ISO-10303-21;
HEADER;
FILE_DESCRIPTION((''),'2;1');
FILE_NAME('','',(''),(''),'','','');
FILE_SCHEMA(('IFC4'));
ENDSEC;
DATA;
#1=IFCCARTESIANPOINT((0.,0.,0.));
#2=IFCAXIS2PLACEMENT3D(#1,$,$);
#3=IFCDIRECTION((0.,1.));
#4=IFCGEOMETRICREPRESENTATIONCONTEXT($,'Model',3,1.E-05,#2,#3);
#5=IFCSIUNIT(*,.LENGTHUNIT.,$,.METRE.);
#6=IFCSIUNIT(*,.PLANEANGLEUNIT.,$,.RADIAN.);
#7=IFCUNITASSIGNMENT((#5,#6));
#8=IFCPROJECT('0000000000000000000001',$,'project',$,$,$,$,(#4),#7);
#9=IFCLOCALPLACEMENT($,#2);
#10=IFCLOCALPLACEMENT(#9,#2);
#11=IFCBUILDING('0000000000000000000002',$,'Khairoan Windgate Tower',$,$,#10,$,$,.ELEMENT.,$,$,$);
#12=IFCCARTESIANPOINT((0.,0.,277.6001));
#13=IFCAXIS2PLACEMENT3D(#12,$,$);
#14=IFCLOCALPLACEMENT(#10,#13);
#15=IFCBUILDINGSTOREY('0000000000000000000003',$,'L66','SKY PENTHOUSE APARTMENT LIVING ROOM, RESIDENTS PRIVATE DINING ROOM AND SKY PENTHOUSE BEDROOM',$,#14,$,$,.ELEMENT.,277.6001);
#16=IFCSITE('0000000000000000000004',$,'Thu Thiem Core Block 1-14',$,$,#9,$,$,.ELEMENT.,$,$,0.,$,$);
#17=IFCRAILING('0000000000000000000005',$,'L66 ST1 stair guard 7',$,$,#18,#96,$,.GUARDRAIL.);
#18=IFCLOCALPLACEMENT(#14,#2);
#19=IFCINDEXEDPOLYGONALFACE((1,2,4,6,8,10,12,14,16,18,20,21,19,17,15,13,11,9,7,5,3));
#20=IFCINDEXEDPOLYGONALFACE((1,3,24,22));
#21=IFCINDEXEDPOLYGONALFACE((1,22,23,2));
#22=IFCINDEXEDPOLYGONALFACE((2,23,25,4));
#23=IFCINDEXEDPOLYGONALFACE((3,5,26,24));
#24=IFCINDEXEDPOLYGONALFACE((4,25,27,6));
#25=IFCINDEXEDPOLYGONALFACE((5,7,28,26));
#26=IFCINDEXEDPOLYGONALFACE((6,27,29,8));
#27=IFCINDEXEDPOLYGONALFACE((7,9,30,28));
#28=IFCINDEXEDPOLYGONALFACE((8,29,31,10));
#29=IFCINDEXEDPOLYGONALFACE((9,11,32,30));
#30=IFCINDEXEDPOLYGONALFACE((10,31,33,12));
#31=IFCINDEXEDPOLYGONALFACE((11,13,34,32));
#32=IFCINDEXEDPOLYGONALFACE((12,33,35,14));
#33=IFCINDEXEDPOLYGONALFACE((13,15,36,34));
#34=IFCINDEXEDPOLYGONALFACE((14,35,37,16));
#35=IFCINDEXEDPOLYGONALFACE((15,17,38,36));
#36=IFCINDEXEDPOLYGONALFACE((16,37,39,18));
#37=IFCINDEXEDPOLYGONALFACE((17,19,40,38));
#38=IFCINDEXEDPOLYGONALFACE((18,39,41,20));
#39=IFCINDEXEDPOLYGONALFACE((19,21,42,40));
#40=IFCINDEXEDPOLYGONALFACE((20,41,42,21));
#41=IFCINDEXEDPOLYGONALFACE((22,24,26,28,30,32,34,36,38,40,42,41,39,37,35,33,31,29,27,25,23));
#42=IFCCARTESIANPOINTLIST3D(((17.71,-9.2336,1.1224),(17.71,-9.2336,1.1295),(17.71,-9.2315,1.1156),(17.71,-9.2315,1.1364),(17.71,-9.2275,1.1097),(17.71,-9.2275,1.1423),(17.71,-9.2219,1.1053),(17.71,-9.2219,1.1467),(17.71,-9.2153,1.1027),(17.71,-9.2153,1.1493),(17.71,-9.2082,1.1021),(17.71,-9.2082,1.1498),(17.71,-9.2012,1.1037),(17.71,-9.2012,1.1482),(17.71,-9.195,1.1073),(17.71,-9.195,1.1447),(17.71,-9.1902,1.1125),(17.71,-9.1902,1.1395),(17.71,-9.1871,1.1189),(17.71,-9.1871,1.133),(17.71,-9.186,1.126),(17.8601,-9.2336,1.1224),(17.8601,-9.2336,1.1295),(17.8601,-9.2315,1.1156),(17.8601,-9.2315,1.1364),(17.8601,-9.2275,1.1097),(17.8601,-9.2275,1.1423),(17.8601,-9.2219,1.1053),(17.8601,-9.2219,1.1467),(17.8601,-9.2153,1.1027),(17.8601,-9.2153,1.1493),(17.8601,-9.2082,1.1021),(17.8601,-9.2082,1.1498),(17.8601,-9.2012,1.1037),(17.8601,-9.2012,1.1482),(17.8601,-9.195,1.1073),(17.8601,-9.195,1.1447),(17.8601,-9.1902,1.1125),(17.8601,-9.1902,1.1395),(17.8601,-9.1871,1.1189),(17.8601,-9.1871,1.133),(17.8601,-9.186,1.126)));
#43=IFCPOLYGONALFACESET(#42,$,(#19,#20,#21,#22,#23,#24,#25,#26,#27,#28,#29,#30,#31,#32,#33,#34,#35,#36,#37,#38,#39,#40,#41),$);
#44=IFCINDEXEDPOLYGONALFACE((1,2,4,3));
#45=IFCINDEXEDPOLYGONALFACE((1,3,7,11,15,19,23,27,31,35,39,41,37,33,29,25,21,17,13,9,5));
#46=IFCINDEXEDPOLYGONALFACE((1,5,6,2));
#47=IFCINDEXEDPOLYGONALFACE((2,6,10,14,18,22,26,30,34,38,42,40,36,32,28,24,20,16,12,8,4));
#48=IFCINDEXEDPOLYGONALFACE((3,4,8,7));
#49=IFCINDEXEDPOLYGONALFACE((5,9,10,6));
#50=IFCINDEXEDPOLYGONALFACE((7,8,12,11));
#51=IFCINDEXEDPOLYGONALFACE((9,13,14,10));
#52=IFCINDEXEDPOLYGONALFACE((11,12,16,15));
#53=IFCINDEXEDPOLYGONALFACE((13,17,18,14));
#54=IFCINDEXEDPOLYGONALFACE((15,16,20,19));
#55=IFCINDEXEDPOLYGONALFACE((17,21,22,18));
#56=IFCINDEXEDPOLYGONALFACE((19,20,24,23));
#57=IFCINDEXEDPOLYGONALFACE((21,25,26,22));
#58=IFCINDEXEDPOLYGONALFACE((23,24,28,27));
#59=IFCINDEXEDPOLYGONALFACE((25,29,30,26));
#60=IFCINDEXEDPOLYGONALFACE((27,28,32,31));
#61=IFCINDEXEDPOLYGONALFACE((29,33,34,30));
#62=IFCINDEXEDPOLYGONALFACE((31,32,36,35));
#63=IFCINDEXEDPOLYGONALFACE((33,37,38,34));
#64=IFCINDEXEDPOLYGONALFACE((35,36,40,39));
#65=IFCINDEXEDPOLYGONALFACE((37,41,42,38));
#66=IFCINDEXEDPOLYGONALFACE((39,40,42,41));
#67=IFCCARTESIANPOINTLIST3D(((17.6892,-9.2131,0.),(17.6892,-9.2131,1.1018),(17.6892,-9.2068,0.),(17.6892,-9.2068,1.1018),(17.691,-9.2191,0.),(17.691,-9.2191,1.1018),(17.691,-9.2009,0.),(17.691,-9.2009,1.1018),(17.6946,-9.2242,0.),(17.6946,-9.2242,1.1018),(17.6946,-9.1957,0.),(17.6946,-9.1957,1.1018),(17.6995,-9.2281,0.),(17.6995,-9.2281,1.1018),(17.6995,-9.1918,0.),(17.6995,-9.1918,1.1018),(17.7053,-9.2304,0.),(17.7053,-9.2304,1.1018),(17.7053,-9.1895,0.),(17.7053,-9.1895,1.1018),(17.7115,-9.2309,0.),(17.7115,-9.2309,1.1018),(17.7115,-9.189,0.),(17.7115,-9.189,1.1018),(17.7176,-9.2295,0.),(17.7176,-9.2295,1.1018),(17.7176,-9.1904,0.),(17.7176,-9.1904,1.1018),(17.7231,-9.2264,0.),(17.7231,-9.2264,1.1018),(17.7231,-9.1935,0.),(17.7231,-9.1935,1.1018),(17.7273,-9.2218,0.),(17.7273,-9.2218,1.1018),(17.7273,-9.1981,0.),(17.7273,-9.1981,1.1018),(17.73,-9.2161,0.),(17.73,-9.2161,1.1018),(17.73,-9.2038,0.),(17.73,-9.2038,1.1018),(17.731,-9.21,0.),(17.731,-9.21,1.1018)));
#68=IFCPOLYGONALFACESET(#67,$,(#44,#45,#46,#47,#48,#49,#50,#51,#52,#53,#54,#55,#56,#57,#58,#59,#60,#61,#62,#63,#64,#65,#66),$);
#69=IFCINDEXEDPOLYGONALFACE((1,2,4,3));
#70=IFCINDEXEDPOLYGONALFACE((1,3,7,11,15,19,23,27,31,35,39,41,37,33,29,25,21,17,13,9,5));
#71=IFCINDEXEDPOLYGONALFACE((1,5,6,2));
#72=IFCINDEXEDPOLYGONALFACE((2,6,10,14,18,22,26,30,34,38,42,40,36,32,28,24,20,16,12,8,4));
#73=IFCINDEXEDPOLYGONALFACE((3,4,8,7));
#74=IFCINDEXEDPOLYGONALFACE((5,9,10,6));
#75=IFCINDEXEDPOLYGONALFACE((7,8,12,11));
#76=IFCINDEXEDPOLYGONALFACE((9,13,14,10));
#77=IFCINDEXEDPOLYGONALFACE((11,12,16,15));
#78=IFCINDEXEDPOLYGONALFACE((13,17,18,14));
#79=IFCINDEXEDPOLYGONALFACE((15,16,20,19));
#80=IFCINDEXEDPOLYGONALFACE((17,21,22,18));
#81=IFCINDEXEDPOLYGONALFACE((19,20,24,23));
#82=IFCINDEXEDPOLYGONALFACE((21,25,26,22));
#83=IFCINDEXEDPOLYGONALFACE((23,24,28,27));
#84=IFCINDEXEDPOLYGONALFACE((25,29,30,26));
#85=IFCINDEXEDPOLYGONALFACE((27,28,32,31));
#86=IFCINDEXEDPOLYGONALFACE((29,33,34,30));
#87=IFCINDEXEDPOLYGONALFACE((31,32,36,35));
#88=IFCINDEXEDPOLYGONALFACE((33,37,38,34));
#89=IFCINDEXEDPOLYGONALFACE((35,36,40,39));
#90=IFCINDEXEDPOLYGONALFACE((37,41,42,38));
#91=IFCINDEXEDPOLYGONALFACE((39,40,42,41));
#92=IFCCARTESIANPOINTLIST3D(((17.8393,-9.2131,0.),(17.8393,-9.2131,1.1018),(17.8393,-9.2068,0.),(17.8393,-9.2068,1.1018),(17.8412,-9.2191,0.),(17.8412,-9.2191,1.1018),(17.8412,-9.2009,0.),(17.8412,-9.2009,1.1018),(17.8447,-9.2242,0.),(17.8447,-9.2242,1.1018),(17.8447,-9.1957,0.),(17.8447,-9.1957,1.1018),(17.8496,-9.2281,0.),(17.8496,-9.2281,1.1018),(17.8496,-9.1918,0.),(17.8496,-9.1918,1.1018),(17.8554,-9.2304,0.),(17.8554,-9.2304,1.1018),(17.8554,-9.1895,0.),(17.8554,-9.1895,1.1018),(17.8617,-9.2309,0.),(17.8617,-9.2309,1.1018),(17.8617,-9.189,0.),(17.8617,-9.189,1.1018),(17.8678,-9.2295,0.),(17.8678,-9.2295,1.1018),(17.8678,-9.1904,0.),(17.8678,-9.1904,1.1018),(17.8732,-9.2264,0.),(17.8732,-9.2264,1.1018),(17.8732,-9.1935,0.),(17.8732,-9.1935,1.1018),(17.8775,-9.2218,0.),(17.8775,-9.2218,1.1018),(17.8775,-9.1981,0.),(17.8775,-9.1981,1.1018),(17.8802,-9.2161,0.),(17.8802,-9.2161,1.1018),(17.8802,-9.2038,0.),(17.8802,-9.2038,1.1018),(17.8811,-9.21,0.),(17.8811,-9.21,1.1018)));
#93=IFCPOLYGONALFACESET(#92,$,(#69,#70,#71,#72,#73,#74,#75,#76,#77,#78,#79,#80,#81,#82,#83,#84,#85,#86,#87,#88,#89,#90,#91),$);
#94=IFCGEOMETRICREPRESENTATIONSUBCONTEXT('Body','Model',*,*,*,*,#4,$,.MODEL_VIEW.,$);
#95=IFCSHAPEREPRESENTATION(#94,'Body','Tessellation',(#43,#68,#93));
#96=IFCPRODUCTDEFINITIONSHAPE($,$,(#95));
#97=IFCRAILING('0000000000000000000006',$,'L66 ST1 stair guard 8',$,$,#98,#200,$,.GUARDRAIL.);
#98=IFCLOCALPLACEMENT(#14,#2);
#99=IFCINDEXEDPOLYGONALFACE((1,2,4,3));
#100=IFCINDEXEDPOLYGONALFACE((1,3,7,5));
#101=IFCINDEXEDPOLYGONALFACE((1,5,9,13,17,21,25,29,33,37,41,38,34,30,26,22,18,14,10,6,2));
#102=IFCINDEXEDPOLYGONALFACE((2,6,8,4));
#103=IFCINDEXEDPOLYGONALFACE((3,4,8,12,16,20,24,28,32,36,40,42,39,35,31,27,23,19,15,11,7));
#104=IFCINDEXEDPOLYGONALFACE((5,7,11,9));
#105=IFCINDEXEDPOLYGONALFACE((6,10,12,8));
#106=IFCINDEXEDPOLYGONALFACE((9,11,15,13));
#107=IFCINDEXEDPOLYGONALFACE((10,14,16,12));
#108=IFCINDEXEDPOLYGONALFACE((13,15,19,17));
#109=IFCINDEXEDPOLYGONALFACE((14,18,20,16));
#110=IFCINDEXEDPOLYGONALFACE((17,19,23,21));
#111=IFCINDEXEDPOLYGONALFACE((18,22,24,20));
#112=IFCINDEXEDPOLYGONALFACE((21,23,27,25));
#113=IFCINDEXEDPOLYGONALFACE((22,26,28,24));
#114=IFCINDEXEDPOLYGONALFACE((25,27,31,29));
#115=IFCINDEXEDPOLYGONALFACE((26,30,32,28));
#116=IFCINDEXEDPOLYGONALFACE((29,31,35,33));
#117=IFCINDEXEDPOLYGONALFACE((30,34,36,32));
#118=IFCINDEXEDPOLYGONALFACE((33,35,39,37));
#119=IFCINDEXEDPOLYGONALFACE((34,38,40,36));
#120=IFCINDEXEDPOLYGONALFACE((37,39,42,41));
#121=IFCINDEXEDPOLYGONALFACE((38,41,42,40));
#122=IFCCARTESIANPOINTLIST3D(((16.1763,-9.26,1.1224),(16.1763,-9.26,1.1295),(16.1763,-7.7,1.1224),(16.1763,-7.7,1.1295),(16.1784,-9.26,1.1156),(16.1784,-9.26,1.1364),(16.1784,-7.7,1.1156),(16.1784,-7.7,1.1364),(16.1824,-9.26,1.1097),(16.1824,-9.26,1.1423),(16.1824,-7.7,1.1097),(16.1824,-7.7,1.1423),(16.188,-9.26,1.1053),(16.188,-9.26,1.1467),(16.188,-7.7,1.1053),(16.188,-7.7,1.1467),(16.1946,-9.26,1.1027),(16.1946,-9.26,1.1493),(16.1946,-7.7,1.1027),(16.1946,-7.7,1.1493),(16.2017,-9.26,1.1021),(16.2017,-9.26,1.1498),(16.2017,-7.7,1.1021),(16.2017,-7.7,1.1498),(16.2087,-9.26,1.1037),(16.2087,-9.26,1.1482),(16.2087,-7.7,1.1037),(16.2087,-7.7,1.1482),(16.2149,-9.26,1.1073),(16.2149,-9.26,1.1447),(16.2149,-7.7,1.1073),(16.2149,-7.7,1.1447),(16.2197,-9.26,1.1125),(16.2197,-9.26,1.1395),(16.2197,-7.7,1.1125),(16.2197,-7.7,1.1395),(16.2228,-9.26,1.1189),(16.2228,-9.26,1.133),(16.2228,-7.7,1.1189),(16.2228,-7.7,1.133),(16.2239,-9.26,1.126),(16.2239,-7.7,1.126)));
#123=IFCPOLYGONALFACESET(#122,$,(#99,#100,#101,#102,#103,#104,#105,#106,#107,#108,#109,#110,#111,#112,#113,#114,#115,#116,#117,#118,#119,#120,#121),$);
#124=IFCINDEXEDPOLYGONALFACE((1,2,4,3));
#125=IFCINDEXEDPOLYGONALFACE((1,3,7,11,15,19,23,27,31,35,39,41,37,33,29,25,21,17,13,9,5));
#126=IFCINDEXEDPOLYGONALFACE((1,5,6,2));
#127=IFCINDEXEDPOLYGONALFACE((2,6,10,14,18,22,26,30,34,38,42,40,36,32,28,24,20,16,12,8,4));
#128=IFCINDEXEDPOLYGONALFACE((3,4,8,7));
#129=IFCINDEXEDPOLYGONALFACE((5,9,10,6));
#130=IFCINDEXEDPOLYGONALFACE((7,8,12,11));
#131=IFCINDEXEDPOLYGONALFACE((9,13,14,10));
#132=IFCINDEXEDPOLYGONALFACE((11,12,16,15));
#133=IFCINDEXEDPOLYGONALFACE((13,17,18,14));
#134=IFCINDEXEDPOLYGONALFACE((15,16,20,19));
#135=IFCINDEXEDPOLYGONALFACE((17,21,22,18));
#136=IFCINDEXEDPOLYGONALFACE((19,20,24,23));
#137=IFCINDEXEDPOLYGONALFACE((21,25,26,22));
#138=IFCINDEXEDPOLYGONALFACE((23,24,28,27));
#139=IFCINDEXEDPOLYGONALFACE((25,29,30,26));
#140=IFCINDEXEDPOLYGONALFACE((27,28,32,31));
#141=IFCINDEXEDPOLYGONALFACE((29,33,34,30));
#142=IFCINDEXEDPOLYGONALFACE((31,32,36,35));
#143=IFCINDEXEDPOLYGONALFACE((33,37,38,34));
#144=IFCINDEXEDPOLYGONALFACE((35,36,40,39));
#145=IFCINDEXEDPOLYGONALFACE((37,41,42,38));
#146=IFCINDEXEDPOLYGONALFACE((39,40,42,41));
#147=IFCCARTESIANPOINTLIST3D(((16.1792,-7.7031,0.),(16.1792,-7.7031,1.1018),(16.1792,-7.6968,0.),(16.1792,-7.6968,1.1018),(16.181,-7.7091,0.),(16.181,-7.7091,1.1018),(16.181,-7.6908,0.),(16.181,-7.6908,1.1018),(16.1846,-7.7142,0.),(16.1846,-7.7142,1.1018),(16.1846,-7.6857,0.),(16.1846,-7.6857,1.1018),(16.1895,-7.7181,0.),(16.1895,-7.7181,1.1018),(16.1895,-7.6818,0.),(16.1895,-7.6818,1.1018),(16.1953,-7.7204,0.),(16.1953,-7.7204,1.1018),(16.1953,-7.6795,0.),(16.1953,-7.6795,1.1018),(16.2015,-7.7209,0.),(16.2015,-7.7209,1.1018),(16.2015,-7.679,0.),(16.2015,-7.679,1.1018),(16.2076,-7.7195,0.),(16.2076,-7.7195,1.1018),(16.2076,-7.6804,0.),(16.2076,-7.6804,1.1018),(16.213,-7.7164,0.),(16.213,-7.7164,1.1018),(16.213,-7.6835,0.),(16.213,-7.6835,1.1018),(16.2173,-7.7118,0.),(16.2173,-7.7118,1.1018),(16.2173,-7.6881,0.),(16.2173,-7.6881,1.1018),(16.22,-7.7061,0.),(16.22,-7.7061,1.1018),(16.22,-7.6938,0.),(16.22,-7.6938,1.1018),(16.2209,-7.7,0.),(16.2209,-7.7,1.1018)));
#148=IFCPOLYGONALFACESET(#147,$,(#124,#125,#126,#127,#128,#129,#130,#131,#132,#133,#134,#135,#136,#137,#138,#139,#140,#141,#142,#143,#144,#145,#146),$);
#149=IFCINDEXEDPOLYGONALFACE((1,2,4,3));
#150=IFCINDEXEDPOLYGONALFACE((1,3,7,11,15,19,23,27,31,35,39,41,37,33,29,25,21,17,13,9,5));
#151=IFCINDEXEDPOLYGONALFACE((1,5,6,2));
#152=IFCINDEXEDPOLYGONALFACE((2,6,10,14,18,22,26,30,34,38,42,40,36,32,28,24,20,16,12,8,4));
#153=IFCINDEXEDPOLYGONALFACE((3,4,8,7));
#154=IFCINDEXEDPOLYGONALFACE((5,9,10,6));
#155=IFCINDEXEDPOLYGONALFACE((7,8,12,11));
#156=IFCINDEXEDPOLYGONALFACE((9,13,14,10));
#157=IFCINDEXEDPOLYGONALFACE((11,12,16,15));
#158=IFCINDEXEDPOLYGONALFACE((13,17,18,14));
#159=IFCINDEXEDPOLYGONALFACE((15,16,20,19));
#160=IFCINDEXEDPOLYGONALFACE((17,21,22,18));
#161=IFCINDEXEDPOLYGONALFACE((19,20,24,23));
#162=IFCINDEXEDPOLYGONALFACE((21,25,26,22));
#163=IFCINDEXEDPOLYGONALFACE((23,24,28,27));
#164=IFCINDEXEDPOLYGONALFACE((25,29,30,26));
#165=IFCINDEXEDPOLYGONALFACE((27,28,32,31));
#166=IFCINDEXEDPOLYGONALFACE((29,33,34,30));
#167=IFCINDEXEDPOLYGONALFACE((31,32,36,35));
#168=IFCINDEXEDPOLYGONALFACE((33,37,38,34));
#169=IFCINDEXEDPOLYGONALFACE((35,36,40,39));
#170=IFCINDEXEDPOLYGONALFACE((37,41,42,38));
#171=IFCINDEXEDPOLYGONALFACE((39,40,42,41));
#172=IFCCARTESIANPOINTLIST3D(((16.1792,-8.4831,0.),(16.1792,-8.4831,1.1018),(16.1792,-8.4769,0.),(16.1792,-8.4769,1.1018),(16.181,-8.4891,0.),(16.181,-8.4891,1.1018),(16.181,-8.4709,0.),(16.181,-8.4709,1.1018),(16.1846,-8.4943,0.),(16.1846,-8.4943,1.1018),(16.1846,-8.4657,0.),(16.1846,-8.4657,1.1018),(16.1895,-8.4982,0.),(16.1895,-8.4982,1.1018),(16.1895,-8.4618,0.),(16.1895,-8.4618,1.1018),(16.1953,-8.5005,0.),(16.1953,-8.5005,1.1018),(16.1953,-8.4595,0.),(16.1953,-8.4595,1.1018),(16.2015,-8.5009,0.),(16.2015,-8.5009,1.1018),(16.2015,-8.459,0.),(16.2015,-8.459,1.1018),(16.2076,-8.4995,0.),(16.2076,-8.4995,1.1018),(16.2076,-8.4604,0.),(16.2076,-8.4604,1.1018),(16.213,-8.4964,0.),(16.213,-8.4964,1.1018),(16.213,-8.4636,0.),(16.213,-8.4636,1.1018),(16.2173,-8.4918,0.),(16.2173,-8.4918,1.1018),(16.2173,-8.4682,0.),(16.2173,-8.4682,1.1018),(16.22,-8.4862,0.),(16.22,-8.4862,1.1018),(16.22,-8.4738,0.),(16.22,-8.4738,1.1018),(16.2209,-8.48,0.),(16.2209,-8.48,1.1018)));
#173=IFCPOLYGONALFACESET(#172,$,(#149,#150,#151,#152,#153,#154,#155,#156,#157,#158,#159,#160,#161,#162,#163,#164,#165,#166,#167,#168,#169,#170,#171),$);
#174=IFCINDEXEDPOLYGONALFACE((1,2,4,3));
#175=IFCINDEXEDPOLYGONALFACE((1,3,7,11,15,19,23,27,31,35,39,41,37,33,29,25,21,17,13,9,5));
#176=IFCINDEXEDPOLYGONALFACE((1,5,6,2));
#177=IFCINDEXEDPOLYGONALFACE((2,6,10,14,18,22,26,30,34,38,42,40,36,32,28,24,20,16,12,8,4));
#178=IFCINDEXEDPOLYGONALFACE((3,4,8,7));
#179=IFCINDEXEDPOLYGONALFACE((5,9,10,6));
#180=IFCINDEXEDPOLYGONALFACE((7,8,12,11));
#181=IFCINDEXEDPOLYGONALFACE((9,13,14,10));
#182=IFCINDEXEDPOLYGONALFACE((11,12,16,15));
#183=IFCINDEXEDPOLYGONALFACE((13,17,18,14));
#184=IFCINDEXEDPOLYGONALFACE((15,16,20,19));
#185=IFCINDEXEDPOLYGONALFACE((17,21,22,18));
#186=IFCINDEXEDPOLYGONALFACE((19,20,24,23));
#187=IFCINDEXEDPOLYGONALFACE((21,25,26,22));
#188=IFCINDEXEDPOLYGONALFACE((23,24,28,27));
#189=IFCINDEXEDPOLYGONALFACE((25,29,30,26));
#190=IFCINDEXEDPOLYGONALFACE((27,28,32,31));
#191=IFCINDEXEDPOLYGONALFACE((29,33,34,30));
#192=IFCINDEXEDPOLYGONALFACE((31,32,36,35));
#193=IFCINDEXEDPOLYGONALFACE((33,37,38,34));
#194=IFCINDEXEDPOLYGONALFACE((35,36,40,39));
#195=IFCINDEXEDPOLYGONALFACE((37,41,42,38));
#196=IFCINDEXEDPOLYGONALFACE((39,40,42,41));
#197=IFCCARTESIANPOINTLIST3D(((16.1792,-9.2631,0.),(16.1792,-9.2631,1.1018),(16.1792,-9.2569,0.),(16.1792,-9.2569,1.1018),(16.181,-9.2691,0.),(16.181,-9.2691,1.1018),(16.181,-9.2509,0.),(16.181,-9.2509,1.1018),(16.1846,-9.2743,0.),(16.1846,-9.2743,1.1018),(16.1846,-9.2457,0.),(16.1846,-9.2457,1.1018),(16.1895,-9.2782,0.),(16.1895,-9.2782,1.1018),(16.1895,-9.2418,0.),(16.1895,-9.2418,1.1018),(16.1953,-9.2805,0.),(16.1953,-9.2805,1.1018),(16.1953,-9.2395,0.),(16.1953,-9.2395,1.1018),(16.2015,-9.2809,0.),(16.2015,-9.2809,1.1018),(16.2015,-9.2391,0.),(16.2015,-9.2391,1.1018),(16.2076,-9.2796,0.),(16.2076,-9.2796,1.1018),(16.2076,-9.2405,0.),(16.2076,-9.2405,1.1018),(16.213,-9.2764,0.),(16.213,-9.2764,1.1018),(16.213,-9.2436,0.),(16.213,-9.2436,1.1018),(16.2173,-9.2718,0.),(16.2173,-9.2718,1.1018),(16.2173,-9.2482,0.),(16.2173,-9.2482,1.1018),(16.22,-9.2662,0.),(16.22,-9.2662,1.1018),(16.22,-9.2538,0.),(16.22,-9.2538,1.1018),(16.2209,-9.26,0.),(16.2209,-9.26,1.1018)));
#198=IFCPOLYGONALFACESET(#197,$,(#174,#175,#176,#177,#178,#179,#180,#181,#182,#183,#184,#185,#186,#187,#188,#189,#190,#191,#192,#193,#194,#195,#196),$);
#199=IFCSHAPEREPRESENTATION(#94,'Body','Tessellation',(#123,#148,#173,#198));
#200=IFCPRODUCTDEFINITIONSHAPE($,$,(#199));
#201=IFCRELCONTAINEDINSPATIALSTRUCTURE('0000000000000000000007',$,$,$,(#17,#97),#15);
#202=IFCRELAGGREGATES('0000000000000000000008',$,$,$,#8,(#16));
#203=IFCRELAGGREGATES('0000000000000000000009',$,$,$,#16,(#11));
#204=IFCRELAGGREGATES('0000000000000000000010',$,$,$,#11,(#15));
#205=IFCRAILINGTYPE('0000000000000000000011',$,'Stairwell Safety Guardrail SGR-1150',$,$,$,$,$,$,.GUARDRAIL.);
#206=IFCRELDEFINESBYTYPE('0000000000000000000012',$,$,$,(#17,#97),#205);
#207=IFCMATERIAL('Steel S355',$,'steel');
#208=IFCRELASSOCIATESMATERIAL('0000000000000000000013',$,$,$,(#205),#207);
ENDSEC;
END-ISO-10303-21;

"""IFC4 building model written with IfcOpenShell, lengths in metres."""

from ifc_helpers import new_model, si_unit, direction, frame, origin, origin_2d, place, context, subcontext, project, spatial, circle, extrude, material, type_object, element, save


model = new_model("IFC4")

# Units and contexts
model_context = context("Model", 3, precision=1e-05, world=origin(), true_north=direction((0.0, 1.0)))
body_context = subcontext(model_context, "Body", "Model", "MODEL_VIEW")
ifc_project = project(units=[si_unit("LENGTHUNIT", "METRE"), si_unit("PLANEANGLEUNIT", "RADIAN")], contexts=[model_context])

# Site, building, storey
site_placement = place(None, origin())
site = spatial("IfcSite", under=ifc_project, at=site_placement, Name="Thu Thiem Core Block 1-14", CompositionType="ELEMENT", RefElevation=0.0)
building_placement = place(site_placement, origin())
building = spatial("IfcBuilding", under=site, at=building_placement, Name="Khairoan Windgate Tower", CompositionType="ELEMENT")
storey_placement = place(building_placement, frame((0.0, 0.0, 277.6001)))
storey = spatial("IfcBuildingStorey", under=building, at=storey_placement, Name="L66", Description="SKY PENTHOUSE APARTMENT LIVING ROOM, RESIDENTS PRIVATE DINING ROOM AND SKY PENTHOUSE BEDROOM", CompositionType="ELEMENT", Elevation=277.6001)

# Railings
ifc_material_1 = material(Name="Steel S355", Category="steel")
railing_type_1 = type_object("IfcRailingType", Name="Stairwell Safety Guardrail SGR-1150", PredefinedType="GUARDRAIL", material=ifc_material_1)
railing_1_placement = place(storey_placement, frame((17.71, -9.21, 0.0)))
element("IfcRailing", 1, at=railing_1_placement, inside=storey, type_object=railing_type_1, Name="L66 ST1 stair guard 7", PredefinedType="GUARDRAIL", context=body_context, shape_type="SweptSolid", body=[
    extrude(circle(Radius=0.0239, at=origin_2d()), frame((0.0, 0.0, 1.126), z_axis=(1.0, 0.0, 0.0), x_axis=(0.0, 1.0, 0.0)), (0.0, 0.0, 1.0), 0.1501),
    extrude(circle(Radius=0.021, at=origin_2d()), origin(), (0.0, 0.0, 1.0), 1.1018),
    extrude(circle(Radius=0.021, at=origin_2d()), frame((0.1501, 0.0, 0.0)), (0.0, 0.0, 1.0), 1.1018),
])
for number, where, name in (
    (2, (16.2, -7.7, 0.0), "L66 ST1 stair guard 8"),
):
    element("IfcRailing", number, at=place(storey_placement, frame(where)), inside=storey, type_object=railing_type_1, Name=name, PredefinedType="GUARDRAIL", context=body_context, shape_type="SweptSolid", body=[
        extrude(circle(Radius=0.0239, at=origin_2d()), frame((0.0, 0.0, 1.126), z_axis=(0.0, -1.0, 0.0), x_axis=(1.0, 0.0, 0.0)), (0.0, 0.0, 1.0), 1.5601),
        extrude(circle(Radius=0.021, at=origin_2d()), origin(), (0.0, 0.0, 1.0), 1.1018),
        extrude(circle(Radius=0.021, at=origin_2d()), frame((0.0, -0.78, 0.0)), (0.0, 0.0, 1.0), 1.1018),
        extrude(circle(Radius=0.021, at=origin_2d()), frame((0.0, -1.5601, 0.0)), (0.0, 0.0, 1.0), 1.1018),
    ])

save(model, "model.ifc")
